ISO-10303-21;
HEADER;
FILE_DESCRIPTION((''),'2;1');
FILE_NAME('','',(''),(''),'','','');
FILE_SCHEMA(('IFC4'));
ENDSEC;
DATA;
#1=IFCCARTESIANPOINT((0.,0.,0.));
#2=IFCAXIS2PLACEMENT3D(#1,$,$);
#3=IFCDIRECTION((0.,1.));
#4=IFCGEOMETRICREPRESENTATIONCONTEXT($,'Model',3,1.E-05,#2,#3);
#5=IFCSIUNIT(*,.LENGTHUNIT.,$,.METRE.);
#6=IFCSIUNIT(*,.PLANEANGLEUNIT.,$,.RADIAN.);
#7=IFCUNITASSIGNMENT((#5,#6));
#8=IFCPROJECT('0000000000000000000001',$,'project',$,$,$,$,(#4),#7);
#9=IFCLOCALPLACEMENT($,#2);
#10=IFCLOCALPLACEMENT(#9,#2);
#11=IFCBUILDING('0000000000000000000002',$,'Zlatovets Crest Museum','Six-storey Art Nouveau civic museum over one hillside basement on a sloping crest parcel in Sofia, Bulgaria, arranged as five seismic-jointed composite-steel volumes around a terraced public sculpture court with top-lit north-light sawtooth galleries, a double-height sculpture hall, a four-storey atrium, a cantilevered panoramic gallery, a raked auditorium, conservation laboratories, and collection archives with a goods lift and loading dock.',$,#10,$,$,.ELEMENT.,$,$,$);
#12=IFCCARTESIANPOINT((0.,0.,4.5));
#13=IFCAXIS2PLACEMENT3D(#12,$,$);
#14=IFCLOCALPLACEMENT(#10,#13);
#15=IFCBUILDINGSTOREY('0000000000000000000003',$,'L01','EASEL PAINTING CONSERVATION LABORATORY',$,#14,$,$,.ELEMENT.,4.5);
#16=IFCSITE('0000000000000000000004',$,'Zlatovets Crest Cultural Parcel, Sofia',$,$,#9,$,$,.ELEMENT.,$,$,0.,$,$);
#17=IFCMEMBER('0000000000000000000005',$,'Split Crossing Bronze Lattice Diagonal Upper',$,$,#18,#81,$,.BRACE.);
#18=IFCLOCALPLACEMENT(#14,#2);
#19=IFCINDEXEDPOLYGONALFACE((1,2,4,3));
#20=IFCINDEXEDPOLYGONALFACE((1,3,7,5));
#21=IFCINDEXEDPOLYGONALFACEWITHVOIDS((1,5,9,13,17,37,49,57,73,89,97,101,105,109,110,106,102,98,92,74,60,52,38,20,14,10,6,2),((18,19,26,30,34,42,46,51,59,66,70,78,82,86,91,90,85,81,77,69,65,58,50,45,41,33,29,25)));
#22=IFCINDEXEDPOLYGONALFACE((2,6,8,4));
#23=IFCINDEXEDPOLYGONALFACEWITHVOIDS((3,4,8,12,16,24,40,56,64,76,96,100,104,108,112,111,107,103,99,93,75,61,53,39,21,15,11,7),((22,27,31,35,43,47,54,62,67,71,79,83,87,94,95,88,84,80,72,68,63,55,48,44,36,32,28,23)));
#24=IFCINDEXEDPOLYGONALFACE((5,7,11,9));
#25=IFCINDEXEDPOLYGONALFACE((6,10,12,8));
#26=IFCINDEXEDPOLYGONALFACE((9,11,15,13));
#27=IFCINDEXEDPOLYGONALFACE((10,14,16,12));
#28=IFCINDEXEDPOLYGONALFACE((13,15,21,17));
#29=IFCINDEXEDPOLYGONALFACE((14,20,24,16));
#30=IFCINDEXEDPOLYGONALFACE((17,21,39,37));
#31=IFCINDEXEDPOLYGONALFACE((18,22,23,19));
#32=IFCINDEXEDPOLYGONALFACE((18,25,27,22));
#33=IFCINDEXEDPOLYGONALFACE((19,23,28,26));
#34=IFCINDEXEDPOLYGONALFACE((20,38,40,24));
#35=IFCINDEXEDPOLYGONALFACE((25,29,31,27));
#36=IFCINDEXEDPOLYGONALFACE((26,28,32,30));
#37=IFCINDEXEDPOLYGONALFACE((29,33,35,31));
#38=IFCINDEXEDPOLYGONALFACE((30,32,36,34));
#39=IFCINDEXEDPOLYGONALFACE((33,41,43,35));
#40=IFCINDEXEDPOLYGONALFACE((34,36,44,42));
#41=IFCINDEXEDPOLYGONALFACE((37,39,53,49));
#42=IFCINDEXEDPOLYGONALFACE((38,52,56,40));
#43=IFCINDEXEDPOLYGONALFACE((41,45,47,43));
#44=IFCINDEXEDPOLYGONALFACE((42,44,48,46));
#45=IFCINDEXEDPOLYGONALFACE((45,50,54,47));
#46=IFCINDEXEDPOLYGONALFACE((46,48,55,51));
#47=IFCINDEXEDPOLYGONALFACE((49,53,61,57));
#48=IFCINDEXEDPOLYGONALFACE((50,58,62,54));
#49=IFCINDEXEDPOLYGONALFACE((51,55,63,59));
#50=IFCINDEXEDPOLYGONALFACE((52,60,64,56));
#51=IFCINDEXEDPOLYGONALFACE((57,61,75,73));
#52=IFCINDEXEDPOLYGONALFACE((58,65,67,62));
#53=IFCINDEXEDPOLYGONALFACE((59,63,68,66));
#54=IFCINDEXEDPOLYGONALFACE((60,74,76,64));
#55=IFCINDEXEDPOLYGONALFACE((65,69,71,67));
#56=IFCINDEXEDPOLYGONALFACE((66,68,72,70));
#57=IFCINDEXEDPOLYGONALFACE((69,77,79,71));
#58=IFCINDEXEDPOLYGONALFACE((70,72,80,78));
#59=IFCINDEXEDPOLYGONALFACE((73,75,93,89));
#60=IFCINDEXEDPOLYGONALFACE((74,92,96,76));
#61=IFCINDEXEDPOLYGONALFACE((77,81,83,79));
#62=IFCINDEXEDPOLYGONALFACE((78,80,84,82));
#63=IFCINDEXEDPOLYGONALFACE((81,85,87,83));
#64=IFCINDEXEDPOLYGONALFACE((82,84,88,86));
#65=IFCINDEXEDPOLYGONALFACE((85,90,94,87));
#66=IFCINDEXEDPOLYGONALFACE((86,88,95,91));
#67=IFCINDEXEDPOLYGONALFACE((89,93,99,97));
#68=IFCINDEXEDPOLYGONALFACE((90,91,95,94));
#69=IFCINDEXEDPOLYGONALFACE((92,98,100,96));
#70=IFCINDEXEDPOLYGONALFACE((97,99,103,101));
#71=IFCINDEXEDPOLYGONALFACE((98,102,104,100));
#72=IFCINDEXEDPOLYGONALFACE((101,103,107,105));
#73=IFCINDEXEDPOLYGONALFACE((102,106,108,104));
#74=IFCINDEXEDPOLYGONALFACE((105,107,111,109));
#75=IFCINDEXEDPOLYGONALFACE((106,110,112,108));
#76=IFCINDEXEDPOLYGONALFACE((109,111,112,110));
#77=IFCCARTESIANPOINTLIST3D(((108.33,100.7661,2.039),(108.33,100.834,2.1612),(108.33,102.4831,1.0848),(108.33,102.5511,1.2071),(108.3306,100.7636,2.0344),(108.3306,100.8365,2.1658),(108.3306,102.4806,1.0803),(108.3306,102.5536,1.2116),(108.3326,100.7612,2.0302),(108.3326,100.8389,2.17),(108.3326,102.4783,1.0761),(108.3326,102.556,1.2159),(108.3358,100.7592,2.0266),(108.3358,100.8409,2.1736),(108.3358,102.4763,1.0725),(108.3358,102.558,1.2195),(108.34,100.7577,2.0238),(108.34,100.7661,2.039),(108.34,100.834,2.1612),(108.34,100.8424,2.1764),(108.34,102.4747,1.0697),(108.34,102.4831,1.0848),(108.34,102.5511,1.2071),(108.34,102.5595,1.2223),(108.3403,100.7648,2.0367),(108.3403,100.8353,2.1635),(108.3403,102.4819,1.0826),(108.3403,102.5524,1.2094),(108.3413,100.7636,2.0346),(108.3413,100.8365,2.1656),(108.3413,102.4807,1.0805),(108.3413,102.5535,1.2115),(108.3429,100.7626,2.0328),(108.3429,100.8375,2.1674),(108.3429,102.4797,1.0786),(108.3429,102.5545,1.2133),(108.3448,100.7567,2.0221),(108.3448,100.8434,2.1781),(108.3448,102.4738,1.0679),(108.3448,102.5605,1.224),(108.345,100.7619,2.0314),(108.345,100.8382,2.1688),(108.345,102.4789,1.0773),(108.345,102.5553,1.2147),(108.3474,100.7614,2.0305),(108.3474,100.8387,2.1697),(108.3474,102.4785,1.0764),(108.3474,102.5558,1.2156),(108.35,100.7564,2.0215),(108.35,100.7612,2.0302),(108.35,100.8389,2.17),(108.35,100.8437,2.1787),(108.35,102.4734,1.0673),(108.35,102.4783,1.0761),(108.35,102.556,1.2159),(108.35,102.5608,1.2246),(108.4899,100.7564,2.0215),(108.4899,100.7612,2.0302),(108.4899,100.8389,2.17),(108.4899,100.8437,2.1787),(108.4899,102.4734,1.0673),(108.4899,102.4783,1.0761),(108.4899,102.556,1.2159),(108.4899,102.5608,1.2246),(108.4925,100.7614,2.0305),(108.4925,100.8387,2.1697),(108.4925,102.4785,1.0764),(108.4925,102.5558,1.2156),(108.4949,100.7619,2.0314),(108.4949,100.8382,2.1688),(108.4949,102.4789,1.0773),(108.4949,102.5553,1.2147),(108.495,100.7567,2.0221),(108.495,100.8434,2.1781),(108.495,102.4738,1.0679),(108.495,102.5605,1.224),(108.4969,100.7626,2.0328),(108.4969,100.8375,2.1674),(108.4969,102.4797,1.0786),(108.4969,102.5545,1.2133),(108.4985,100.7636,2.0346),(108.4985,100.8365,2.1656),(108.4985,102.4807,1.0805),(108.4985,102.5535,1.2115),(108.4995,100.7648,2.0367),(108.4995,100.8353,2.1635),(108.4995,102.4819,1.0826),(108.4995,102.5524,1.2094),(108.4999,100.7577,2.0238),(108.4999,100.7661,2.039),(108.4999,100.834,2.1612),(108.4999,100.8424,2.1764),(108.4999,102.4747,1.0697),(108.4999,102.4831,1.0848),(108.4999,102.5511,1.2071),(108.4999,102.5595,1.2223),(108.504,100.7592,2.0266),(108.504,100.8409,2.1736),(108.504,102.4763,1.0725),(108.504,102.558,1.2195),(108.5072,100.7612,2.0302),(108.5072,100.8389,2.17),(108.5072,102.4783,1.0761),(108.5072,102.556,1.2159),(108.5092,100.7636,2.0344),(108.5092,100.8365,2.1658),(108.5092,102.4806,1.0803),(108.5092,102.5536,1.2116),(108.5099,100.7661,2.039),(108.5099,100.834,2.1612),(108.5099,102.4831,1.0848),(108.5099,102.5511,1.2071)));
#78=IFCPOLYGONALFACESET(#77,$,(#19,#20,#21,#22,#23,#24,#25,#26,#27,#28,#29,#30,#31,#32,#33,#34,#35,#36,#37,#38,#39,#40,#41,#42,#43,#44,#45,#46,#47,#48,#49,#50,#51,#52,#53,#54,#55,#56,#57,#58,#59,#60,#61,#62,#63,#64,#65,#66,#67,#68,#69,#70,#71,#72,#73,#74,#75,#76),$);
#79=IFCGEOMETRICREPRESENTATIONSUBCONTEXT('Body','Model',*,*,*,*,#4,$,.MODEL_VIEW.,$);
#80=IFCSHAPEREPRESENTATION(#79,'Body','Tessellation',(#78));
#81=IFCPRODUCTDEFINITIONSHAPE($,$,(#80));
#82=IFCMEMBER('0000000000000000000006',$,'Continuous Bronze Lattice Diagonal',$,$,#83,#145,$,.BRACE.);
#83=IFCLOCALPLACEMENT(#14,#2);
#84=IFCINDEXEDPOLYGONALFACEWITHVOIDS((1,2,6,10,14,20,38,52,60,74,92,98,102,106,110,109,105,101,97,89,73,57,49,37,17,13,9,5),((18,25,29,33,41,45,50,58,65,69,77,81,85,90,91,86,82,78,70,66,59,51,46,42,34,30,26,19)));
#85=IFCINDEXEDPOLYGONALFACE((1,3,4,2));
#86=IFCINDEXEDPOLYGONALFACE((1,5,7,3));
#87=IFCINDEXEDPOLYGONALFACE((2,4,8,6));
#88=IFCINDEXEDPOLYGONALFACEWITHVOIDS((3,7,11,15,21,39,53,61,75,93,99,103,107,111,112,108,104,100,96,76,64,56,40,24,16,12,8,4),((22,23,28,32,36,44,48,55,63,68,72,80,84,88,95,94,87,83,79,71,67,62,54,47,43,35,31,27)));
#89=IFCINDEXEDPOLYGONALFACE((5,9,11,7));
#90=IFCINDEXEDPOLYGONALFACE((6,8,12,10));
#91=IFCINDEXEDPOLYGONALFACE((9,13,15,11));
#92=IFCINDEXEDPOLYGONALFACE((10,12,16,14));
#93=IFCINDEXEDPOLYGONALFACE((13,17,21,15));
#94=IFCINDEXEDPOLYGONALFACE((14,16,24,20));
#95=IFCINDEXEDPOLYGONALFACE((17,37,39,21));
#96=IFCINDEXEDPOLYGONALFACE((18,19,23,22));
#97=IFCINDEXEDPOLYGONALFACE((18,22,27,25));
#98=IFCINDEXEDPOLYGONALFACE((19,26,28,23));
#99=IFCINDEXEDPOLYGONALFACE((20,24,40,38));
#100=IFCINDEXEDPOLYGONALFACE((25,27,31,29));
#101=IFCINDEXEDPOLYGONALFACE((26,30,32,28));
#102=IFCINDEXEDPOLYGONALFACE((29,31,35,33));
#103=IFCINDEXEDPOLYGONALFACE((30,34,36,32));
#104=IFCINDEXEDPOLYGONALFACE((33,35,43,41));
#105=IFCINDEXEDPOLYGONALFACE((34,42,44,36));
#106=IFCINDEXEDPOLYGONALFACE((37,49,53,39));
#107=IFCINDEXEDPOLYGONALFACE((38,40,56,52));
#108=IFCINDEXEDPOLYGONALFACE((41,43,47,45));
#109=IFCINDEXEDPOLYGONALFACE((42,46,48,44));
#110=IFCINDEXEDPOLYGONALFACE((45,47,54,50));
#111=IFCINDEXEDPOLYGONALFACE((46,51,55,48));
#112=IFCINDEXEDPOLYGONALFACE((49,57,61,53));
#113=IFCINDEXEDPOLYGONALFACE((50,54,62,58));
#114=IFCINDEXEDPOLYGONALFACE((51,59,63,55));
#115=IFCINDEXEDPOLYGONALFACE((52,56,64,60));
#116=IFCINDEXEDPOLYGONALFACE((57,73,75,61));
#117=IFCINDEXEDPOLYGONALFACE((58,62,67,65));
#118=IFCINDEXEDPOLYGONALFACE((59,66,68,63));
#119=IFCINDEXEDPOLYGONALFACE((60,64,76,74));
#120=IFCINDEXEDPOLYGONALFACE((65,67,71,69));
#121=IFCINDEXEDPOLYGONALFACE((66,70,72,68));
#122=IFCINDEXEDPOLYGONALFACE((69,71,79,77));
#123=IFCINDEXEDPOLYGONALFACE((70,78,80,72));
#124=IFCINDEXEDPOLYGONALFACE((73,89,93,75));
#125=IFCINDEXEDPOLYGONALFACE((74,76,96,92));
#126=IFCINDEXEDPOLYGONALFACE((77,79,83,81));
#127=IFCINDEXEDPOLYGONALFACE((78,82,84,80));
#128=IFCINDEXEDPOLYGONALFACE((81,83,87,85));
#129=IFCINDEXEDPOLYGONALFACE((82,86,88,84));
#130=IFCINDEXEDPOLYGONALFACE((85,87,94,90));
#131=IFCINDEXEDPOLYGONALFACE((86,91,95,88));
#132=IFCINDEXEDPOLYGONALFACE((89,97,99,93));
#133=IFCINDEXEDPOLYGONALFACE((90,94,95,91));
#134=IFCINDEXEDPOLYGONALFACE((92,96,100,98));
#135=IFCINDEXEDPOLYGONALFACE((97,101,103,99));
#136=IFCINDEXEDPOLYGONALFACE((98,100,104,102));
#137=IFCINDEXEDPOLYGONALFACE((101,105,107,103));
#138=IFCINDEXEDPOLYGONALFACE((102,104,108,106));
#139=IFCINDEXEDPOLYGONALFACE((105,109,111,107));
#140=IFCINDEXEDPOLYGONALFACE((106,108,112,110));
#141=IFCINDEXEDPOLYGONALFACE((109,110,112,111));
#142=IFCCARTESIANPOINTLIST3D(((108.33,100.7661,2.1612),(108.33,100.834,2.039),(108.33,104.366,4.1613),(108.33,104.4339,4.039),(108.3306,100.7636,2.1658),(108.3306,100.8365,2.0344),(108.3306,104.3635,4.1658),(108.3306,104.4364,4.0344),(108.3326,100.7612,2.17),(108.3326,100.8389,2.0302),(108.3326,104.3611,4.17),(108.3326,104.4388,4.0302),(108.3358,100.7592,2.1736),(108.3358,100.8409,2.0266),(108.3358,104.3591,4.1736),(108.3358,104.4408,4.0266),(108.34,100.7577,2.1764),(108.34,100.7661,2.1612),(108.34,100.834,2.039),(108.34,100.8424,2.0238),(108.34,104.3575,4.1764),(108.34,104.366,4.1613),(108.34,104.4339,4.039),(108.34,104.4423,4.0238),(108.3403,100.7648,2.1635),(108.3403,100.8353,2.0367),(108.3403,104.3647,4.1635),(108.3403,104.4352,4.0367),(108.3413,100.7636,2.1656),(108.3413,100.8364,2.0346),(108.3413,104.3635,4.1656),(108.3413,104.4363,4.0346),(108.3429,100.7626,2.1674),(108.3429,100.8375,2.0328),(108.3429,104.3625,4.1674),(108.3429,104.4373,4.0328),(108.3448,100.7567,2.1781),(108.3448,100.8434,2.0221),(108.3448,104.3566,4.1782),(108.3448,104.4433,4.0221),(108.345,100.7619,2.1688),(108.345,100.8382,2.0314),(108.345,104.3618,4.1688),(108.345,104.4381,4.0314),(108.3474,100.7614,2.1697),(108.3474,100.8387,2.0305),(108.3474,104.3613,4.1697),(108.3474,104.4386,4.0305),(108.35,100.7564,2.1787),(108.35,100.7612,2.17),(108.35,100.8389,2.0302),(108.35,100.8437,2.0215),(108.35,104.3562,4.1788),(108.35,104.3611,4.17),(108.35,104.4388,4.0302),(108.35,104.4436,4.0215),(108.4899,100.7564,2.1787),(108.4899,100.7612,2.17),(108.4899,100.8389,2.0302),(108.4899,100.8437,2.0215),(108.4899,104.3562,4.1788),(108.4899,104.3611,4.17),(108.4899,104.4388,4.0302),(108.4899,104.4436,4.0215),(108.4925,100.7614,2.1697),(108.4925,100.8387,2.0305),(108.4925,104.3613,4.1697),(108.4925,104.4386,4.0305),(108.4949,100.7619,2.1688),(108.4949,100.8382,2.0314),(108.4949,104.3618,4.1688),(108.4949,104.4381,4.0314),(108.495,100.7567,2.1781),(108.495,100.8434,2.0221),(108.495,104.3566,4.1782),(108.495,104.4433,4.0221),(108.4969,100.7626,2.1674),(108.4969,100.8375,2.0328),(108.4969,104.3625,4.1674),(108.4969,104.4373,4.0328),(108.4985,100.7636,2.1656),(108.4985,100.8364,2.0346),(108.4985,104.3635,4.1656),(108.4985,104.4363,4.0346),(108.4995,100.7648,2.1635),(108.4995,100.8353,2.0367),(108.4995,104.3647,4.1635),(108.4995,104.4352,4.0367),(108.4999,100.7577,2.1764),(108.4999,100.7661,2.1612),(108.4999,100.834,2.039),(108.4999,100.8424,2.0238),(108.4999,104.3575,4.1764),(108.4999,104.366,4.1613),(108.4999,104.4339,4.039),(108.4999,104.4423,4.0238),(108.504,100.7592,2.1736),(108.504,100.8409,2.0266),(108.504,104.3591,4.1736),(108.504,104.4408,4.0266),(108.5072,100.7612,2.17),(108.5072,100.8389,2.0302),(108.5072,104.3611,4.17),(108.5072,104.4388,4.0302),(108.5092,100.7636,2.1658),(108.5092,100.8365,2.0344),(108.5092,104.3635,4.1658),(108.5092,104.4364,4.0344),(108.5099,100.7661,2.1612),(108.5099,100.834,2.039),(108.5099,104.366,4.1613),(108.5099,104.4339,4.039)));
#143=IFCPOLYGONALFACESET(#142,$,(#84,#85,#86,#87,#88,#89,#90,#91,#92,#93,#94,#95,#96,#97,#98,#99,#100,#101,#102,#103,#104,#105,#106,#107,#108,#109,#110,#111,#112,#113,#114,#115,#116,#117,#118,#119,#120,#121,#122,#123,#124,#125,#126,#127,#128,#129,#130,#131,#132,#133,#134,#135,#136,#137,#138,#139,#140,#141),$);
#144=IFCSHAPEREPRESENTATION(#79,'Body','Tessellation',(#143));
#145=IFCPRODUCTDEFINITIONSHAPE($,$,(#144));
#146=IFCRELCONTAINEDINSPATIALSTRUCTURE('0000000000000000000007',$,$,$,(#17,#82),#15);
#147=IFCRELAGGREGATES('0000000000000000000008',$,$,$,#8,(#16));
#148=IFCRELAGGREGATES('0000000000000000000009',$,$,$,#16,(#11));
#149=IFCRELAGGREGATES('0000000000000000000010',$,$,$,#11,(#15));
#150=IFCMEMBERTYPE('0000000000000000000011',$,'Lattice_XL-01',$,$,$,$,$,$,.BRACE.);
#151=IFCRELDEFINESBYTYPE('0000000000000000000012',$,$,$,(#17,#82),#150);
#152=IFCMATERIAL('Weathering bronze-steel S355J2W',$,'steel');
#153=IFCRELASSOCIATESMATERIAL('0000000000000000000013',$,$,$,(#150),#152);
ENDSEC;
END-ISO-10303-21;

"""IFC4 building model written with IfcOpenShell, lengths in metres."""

from ifc_helpers import new_model, si_unit, direction, frame, origin, origin_2d, place, context, subcontext, project, spatial, hollow_rectangle, extrude, material, material_profile, profile_set, type_object, element, save


model = new_model("IFC4")

# Units and contexts
model_context = context("Model", 3, precision=1e-05, world=origin(), true_north=direction((0.0, 1.0)))
body_context = subcontext(model_context, "Body", "Model", "MODEL_VIEW")
ifc_project = project(units=[si_unit("LENGTHUNIT", "METRE"), si_unit("PLANEANGLEUNIT", "RADIAN")], contexts=[model_context])

# Site, building, storey
site_placement = place(None, origin())
site = spatial("IfcSite", under=ifc_project, at=site_placement, Name="Zlatovets Crest Cultural Parcel, Sofia", CompositionType="ELEMENT", RefElevation=0.0)
building_placement = place(site_placement, origin())
building = spatial("IfcBuilding", under=site, at=building_placement, Name="Zlatovets Crest Museum", Description="Six-storey Art Nouveau civic museum over one hillside basement on a sloping crest parcel in Sofia, Bulgaria, arranged as five seismic-jointed composite-steel volumes around a terraced public sculpture court with top-lit north-light sawtooth galleries, a double-height sculpture hall, a four-storey atrium, a cantilevered panoramic gallery, a raked auditorium, conservation laboratories, and collection archives with a goods lift and loading dock.", CompositionType="ELEMENT")
storey_placement = place(building_placement, frame((0.0, 0.0, 4.5)))
storey = spatial("IfcBuildingStorey", under=building, at=storey_placement, Name="L01", Description="EASEL PAINTING CONSERVATION LABORATORY", CompositionType="ELEMENT", Elevation=4.5)

# Members
ifc_material_1 = material(Name="Weathering bronze-steel S355J2W", Category="steel")
ifc_material_profile_1 = material_profile(ifc_material_1, hollow_rectangle(XDim=0.1799, YDim=0.1799, WallThickness=0.01, InnerFilletRadius=0.01, OuterFilletRadius=0.02, at=origin_2d()), Name="SHS 180x180x10.0")
ifc_profile_set_1 = profile_set([ifc_material_profile_1], Name="Weathering bronze-steel S355J2W")
member_type_1 = type_object("IfcMemberType", Name="Lattice_XL-01", PredefinedType="BRACE", material=ifc_profile_set_1)
member_1_placement = place(storey_placement, frame((108.4199, 100.8, 2.1001), z_axis=(0.0, 0.874116, -0.485717), x_axis=(-1.0, 0.0, 0.0)))
element("IfcMember", 1, at=member_1_placement, inside=storey, type_object=member_type_1, Name="Split Crossing Bronze Lattice Diagonal Upper", PredefinedType="BRACE", context=body_context, shape_type="SweptSolid", body=[
    extrude(hollow_rectangle(XDim=0.1799, YDim=0.1799, WallThickness=0.01, InnerFilletRadius=0.01, OuterFilletRadius=0.02, at=origin_2d()), origin(), (0.0, 0.0, 1.0), 1.9644),
])
member_2_placement = place(storey_placement, frame((108.4199, 100.8, 2.1001), z_axis=(0.0, 0.874149, 0.485658), x_axis=(-1.0, 0.0, 0.0)))
element("IfcMember", 2, at=member_2_placement, inside=storey, type_object=member_type_1, Name="Continuous Bronze Lattice Diagonal", PredefinedType="BRACE", context=body_context, shape_type="SweptSolid", body=[
    extrude(hollow_rectangle(XDim=0.1799, YDim=0.1799, WallThickness=0.01, InnerFilletRadius=0.01, OuterFilletRadius=0.02, at=origin_2d()), origin(), (0.0, 0.0, 1.0), 4.1182),
])

save(model, "model.ifc")
